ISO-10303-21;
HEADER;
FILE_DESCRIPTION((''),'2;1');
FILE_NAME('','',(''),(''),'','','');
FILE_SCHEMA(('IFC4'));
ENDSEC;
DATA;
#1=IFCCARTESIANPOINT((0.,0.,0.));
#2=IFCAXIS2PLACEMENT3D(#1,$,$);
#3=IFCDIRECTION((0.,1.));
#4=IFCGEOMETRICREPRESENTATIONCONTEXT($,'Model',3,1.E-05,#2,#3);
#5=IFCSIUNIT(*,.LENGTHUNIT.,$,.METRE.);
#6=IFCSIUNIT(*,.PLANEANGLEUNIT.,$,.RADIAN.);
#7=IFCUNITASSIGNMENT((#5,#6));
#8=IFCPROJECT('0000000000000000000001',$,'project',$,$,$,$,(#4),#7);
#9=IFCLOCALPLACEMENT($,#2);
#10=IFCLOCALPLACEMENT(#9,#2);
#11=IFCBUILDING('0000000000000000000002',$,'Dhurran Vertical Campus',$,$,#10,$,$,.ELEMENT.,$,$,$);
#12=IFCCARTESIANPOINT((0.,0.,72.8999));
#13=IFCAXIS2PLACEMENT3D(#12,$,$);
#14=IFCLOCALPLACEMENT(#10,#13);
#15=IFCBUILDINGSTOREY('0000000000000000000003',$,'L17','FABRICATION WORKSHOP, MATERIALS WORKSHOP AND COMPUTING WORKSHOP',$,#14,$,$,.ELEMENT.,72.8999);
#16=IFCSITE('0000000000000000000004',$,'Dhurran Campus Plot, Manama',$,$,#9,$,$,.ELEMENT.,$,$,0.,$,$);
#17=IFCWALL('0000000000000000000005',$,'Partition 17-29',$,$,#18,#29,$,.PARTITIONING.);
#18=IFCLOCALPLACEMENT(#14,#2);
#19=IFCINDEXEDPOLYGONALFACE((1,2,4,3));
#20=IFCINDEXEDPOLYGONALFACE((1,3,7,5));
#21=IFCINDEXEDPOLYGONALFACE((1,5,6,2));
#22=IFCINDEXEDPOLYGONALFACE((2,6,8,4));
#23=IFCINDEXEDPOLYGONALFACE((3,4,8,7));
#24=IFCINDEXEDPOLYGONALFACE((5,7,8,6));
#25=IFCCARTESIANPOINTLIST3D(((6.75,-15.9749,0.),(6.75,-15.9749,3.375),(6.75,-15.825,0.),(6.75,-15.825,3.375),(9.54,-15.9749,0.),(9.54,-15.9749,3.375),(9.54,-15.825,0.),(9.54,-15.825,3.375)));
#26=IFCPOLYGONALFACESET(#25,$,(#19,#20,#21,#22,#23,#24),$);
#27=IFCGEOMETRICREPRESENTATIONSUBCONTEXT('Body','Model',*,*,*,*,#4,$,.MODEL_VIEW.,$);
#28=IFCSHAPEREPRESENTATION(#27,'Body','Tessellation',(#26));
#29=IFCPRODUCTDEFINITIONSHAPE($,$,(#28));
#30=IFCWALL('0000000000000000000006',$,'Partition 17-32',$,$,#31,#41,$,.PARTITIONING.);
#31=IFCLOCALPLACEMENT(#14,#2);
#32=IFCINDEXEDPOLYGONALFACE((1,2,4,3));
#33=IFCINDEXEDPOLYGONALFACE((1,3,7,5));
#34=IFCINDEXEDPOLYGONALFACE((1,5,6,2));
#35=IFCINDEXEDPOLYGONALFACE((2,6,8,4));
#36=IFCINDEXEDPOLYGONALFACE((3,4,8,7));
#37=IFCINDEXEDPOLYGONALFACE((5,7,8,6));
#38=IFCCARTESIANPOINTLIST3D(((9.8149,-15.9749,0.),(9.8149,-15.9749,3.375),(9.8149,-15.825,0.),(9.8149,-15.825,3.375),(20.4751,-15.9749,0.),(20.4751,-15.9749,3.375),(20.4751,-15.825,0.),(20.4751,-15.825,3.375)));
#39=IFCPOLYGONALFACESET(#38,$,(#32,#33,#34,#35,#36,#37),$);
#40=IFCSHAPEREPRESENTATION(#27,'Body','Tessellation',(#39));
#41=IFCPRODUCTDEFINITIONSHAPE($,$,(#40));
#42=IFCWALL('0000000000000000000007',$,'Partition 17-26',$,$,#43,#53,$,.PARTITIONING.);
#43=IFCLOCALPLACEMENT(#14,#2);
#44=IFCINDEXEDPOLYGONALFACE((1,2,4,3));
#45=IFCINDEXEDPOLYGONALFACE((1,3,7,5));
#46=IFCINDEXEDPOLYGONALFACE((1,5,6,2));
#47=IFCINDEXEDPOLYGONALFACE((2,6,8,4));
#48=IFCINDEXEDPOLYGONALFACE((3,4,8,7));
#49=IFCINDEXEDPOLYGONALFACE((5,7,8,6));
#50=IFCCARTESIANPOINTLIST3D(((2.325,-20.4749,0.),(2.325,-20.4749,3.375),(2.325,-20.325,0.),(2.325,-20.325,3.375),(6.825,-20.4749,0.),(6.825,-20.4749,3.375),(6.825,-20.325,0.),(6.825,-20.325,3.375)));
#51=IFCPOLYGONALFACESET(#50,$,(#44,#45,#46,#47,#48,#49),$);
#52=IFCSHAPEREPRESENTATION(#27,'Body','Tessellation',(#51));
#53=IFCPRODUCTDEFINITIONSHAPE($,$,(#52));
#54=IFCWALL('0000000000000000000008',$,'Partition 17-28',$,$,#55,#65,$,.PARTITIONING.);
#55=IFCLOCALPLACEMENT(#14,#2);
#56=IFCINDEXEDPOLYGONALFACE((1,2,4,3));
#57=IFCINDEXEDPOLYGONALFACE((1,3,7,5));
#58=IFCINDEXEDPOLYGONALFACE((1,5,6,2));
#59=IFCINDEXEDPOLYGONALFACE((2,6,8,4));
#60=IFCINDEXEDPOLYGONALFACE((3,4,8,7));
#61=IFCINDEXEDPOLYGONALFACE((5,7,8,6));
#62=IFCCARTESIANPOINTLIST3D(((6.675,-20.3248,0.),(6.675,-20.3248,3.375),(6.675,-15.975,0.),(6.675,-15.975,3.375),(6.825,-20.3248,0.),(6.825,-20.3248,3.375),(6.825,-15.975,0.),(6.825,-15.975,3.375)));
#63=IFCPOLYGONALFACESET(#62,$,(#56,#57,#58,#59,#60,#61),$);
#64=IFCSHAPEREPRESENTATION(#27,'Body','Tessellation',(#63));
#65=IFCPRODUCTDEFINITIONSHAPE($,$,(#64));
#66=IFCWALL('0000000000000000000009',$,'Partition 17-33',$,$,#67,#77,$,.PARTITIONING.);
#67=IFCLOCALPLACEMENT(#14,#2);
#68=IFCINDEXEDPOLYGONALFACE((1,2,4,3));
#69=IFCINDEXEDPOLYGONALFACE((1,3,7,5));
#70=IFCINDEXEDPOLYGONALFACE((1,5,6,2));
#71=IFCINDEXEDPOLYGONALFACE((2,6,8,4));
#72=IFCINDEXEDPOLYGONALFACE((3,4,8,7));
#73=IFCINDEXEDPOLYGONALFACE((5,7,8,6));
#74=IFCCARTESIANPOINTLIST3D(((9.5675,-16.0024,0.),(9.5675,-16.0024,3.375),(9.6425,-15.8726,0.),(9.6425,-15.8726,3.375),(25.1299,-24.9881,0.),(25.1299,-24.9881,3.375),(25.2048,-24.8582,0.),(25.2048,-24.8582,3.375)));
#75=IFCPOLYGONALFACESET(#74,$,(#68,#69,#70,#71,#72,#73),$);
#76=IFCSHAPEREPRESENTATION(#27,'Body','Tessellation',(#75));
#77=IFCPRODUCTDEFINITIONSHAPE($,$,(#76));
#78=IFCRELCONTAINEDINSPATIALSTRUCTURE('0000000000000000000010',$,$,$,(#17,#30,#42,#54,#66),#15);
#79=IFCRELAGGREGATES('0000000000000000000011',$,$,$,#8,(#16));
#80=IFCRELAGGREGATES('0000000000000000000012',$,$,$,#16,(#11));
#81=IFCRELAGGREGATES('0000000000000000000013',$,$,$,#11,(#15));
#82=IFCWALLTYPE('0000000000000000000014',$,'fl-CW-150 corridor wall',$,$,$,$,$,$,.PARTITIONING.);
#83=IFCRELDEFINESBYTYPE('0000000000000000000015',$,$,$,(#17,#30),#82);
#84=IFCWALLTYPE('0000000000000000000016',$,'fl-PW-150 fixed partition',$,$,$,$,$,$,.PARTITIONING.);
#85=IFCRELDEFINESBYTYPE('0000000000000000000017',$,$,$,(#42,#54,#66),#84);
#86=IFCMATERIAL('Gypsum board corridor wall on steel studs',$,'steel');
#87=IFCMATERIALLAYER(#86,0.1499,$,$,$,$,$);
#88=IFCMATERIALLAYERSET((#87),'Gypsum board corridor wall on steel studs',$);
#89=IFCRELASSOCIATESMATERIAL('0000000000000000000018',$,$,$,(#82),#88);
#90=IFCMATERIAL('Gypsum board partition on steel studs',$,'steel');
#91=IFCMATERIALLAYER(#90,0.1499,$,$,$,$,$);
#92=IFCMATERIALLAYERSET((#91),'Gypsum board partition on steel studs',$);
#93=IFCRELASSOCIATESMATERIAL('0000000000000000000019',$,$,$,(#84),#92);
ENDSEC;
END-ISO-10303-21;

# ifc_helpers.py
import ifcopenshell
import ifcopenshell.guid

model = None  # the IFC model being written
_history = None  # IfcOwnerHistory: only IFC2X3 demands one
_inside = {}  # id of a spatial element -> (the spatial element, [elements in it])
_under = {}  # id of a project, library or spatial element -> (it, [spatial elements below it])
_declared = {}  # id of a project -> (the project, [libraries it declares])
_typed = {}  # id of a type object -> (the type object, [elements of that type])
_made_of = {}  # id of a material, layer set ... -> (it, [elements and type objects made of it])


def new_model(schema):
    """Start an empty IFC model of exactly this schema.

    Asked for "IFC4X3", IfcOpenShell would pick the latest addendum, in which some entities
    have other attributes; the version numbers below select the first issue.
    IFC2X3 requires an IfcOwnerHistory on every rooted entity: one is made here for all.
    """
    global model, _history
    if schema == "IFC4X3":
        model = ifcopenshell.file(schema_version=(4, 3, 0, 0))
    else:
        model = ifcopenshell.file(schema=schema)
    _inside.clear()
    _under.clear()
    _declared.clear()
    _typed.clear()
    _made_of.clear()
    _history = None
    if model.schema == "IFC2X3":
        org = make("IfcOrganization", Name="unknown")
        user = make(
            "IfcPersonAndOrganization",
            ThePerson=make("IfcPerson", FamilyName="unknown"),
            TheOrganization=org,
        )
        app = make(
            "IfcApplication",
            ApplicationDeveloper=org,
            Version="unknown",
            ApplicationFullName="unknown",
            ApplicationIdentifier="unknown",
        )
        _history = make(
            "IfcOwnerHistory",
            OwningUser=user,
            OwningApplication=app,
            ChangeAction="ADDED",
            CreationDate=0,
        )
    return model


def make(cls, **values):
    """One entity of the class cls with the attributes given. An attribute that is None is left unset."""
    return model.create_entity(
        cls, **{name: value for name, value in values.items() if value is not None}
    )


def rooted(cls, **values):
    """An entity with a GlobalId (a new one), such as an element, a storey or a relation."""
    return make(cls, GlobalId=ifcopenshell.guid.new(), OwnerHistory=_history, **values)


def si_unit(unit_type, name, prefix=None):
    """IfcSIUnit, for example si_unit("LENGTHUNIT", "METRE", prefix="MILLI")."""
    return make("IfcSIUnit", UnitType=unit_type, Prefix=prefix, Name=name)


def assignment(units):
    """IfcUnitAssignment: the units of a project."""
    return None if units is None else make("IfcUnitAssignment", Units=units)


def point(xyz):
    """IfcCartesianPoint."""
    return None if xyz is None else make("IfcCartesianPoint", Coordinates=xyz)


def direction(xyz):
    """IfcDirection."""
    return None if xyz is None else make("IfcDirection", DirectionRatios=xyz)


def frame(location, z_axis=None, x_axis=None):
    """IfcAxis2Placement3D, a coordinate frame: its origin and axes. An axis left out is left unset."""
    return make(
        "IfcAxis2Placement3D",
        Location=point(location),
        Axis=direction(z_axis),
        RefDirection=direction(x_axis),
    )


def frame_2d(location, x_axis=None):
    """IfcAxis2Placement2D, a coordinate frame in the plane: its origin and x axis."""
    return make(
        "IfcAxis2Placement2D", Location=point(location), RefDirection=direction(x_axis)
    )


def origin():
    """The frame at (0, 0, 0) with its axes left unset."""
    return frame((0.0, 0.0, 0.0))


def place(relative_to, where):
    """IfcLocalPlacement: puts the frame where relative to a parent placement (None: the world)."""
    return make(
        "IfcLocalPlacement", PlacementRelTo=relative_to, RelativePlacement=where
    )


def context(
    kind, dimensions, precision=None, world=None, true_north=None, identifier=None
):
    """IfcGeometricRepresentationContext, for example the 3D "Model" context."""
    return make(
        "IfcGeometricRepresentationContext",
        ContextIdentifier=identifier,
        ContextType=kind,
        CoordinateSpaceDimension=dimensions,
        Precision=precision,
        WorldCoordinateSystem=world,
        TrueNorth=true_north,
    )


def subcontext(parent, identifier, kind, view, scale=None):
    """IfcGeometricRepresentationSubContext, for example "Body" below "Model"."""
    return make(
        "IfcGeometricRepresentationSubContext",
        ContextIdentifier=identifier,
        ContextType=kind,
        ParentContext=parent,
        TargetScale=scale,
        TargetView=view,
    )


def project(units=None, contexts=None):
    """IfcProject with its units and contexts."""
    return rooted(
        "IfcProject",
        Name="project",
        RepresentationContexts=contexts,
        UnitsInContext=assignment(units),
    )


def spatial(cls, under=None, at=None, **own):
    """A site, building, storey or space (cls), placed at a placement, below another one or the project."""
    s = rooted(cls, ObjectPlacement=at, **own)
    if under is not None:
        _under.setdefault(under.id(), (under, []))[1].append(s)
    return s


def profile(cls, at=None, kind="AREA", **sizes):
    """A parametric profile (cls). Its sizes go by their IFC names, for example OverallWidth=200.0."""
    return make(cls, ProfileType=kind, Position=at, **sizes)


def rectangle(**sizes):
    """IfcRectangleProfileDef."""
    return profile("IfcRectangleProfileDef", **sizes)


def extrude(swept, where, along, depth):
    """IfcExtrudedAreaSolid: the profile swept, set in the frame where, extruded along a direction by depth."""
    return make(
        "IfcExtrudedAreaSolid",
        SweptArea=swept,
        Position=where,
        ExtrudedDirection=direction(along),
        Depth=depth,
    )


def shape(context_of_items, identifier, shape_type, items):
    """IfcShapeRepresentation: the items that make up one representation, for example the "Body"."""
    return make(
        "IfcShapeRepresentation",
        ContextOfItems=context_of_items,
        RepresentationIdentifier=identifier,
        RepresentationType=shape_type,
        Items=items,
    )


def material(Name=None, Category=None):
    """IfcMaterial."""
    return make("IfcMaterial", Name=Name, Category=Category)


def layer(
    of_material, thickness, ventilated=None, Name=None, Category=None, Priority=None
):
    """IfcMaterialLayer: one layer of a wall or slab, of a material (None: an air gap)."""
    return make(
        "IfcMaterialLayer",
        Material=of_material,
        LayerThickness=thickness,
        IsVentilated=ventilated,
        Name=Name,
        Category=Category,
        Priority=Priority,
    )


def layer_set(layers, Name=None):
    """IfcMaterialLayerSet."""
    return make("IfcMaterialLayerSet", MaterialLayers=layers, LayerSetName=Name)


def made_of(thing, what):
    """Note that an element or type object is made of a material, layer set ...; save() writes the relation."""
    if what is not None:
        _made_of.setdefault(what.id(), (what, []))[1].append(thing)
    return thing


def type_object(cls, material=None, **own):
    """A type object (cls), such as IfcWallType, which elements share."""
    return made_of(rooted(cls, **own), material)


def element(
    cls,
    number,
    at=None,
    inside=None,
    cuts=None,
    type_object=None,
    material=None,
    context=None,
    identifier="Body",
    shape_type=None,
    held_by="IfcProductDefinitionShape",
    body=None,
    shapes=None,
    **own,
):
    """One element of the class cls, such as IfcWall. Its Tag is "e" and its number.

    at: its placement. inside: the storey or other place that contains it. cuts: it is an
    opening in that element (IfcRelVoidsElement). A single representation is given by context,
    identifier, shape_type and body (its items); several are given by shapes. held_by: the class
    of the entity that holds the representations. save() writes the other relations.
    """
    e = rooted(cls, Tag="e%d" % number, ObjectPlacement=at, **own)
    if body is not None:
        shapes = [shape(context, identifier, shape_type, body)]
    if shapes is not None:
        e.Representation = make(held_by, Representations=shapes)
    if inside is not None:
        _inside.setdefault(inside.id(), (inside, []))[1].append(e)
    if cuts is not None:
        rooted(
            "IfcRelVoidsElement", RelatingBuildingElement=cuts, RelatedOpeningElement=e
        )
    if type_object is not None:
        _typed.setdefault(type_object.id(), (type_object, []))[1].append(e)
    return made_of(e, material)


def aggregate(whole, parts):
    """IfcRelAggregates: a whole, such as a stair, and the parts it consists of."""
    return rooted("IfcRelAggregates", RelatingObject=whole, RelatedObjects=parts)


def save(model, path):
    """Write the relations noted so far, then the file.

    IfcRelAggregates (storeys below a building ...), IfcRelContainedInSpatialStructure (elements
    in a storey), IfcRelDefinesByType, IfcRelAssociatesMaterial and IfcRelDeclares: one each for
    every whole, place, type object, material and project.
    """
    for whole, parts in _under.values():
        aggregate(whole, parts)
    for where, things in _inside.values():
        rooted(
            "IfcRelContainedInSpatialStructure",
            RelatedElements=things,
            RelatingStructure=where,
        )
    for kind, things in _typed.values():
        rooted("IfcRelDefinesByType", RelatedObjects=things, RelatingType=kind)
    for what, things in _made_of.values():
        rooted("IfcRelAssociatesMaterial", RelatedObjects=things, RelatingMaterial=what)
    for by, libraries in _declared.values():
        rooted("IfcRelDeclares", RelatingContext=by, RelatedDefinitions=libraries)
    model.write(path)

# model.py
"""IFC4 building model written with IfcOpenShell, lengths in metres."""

from ifc_helpers import new_model, si_unit, direction, frame, frame_2d, origin, place, context, subcontext, project, spatial, rectangle, extrude, material, layer, layer_set, type_object, element, save


model = new_model("IFC4")

# Units and contexts
model_context = context("Model", 3, precision=1e-05, world=origin(), true_north=direction((0.0, 1.0)))
body_context = subcontext(model_context, "Body", "Model", "MODEL_VIEW")
ifc_project = project(units=[si_unit("LENGTHUNIT", "METRE"), si_unit("PLANEANGLEUNIT", "RADIAN")], contexts=[model_context])

# Site, building, storey
site_placement = place(None, origin())
site = spatial("IfcSite", under=ifc_project, at=site_placement, Name="Dhurran Campus Plot, Manama", CompositionType="ELEMENT", RefElevation=0.0)
building_placement = place(site_placement, origin())
building = spatial("IfcBuilding", under=site, at=building_placement, Name="Dhurran Vertical Campus", CompositionType="ELEMENT")
storey_placement = place(building_placement, frame((0.0, 0.0, 72.8999)))
storey = spatial("IfcBuildingStorey", under=building, at=storey_placement, Name="L17", Description="FABRICATION WORKSHOP, MATERIALS WORKSHOP AND COMPUTING WORKSHOP", CompositionType="ELEMENT", Elevation=72.8999)

# Shared definitions
ifc_material_1 = material(Name="Gypsum board corridor wall on steel studs", Category="steel")
ifc_layer_1 = layer(ifc_material_1, 0.1499)
ifc_layer_set_1 = layer_set([ifc_layer_1], Name="Gypsum board corridor wall on steel studs")
wall_type_1 = type_object("IfcWallType", Name="fl-CW-150 corridor wall", PredefinedType="PARTITIONING", material=ifc_layer_set_1)

# Walls
wall_1_placement = place(storey_placement, frame((6.75, -15.8999, 0.0), z_axis=(0.0, 0.0, 1.0), x_axis=(1.0, 0.0, 0.0)))
element("IfcWall", 1, at=wall_1_placement, inside=storey, type_object=wall_type_1, Name="Partition 17-29", PredefinedType="PARTITIONING", context=body_context, shape_type="SweptSolid", body=[
    extrude(rectangle(XDim=2.79, YDim=0.1499, at=frame_2d((1.395, 0.0))), origin(), (0.0, 0.0, 1.0), 3.375),
])
wall_2_placement = place(storey_placement, frame((9.8149, -15.8999, 0.0), z_axis=(0.0, 0.0, 1.0), x_axis=(1.0, 0.0, 0.0)))
element("IfcWall", 2, at=wall_2_placement, inside=storey, type_object=wall_type_1, Name="Partition 17-32", PredefinedType="PARTITIONING", context=body_context, shape_type="SweptSolid", body=[
    extrude(rectangle(XDim=10.6602, YDim=0.1499, at=frame_2d((5.3301, 0.0))), origin(), (0.0, 0.0, 1.0), 3.375),
])
ifc_material_2 = material(Name="Gypsum board partition on steel studs", Category="steel")
ifc_layer_2 = layer(ifc_material_2, 0.1499)
ifc_layer_set_2 = layer_set([ifc_layer_2], Name="Gypsum board partition on steel studs")
wall_type_2 = type_object("IfcWallType", Name="fl-PW-150 fixed partition", PredefinedType="PARTITIONING", material=ifc_layer_set_2)
wall_3_placement = place(storey_placement, frame((6.825, -20.3999, 0.0), z_axis=(0.0, 0.0, 1.0), x_axis=(-1.0, 0.0, 0.0)))
element("IfcWall", 3, at=wall_3_placement, inside=storey, type_object=wall_type_2, Name="Partition 17-26", PredefinedType="PARTITIONING", context=body_context, shape_type="SweptSolid", body=[
    extrude(rectangle(XDim=4.5, YDim=0.1499, at=frame_2d((2.25, 0.0))), origin(), (0.0, 0.0, 1.0), 3.375),
])
wall_4_placement = place(storey_placement, frame((6.75, -15.9751, 0.0), z_axis=(0.0, 0.0, 1.0), x_axis=(0.0, -1.0, 0.0)))
element("IfcWall", 4, at=wall_4_placement, inside=storey, type_object=wall_type_2, Name="Partition 17-28", PredefinedType="PARTITIONING", context=body_context, shape_type="SweptSolid", body=[
    extrude(rectangle(XDim=4.3499, YDim=0.1499, at=frame_2d((2.1748, 0.0))), origin(), (0.0, 0.0, 1.0), 3.375),
])
wall_5_placement = place(storey_placement, frame((9.605, -15.9375, 0.0), z_axis=(0.0, 0.0, 1.0), x_axis=(0.866008, -0.50003, 0.0)))
element("IfcWall", 5, at=wall_5_placement, inside=storey, type_object=wall_type_2, Name="Partition 17-33", PredefinedType="PARTITIONING", context=body_context, shape_type="SweptSolid", body=[
    extrude(rectangle(XDim=17.9702, YDim=0.1499, at=frame_2d((8.9851, 0.0))), origin(), (0.0, 0.0, 1.0), 3.375),
])

save(model, "model.ifc")
